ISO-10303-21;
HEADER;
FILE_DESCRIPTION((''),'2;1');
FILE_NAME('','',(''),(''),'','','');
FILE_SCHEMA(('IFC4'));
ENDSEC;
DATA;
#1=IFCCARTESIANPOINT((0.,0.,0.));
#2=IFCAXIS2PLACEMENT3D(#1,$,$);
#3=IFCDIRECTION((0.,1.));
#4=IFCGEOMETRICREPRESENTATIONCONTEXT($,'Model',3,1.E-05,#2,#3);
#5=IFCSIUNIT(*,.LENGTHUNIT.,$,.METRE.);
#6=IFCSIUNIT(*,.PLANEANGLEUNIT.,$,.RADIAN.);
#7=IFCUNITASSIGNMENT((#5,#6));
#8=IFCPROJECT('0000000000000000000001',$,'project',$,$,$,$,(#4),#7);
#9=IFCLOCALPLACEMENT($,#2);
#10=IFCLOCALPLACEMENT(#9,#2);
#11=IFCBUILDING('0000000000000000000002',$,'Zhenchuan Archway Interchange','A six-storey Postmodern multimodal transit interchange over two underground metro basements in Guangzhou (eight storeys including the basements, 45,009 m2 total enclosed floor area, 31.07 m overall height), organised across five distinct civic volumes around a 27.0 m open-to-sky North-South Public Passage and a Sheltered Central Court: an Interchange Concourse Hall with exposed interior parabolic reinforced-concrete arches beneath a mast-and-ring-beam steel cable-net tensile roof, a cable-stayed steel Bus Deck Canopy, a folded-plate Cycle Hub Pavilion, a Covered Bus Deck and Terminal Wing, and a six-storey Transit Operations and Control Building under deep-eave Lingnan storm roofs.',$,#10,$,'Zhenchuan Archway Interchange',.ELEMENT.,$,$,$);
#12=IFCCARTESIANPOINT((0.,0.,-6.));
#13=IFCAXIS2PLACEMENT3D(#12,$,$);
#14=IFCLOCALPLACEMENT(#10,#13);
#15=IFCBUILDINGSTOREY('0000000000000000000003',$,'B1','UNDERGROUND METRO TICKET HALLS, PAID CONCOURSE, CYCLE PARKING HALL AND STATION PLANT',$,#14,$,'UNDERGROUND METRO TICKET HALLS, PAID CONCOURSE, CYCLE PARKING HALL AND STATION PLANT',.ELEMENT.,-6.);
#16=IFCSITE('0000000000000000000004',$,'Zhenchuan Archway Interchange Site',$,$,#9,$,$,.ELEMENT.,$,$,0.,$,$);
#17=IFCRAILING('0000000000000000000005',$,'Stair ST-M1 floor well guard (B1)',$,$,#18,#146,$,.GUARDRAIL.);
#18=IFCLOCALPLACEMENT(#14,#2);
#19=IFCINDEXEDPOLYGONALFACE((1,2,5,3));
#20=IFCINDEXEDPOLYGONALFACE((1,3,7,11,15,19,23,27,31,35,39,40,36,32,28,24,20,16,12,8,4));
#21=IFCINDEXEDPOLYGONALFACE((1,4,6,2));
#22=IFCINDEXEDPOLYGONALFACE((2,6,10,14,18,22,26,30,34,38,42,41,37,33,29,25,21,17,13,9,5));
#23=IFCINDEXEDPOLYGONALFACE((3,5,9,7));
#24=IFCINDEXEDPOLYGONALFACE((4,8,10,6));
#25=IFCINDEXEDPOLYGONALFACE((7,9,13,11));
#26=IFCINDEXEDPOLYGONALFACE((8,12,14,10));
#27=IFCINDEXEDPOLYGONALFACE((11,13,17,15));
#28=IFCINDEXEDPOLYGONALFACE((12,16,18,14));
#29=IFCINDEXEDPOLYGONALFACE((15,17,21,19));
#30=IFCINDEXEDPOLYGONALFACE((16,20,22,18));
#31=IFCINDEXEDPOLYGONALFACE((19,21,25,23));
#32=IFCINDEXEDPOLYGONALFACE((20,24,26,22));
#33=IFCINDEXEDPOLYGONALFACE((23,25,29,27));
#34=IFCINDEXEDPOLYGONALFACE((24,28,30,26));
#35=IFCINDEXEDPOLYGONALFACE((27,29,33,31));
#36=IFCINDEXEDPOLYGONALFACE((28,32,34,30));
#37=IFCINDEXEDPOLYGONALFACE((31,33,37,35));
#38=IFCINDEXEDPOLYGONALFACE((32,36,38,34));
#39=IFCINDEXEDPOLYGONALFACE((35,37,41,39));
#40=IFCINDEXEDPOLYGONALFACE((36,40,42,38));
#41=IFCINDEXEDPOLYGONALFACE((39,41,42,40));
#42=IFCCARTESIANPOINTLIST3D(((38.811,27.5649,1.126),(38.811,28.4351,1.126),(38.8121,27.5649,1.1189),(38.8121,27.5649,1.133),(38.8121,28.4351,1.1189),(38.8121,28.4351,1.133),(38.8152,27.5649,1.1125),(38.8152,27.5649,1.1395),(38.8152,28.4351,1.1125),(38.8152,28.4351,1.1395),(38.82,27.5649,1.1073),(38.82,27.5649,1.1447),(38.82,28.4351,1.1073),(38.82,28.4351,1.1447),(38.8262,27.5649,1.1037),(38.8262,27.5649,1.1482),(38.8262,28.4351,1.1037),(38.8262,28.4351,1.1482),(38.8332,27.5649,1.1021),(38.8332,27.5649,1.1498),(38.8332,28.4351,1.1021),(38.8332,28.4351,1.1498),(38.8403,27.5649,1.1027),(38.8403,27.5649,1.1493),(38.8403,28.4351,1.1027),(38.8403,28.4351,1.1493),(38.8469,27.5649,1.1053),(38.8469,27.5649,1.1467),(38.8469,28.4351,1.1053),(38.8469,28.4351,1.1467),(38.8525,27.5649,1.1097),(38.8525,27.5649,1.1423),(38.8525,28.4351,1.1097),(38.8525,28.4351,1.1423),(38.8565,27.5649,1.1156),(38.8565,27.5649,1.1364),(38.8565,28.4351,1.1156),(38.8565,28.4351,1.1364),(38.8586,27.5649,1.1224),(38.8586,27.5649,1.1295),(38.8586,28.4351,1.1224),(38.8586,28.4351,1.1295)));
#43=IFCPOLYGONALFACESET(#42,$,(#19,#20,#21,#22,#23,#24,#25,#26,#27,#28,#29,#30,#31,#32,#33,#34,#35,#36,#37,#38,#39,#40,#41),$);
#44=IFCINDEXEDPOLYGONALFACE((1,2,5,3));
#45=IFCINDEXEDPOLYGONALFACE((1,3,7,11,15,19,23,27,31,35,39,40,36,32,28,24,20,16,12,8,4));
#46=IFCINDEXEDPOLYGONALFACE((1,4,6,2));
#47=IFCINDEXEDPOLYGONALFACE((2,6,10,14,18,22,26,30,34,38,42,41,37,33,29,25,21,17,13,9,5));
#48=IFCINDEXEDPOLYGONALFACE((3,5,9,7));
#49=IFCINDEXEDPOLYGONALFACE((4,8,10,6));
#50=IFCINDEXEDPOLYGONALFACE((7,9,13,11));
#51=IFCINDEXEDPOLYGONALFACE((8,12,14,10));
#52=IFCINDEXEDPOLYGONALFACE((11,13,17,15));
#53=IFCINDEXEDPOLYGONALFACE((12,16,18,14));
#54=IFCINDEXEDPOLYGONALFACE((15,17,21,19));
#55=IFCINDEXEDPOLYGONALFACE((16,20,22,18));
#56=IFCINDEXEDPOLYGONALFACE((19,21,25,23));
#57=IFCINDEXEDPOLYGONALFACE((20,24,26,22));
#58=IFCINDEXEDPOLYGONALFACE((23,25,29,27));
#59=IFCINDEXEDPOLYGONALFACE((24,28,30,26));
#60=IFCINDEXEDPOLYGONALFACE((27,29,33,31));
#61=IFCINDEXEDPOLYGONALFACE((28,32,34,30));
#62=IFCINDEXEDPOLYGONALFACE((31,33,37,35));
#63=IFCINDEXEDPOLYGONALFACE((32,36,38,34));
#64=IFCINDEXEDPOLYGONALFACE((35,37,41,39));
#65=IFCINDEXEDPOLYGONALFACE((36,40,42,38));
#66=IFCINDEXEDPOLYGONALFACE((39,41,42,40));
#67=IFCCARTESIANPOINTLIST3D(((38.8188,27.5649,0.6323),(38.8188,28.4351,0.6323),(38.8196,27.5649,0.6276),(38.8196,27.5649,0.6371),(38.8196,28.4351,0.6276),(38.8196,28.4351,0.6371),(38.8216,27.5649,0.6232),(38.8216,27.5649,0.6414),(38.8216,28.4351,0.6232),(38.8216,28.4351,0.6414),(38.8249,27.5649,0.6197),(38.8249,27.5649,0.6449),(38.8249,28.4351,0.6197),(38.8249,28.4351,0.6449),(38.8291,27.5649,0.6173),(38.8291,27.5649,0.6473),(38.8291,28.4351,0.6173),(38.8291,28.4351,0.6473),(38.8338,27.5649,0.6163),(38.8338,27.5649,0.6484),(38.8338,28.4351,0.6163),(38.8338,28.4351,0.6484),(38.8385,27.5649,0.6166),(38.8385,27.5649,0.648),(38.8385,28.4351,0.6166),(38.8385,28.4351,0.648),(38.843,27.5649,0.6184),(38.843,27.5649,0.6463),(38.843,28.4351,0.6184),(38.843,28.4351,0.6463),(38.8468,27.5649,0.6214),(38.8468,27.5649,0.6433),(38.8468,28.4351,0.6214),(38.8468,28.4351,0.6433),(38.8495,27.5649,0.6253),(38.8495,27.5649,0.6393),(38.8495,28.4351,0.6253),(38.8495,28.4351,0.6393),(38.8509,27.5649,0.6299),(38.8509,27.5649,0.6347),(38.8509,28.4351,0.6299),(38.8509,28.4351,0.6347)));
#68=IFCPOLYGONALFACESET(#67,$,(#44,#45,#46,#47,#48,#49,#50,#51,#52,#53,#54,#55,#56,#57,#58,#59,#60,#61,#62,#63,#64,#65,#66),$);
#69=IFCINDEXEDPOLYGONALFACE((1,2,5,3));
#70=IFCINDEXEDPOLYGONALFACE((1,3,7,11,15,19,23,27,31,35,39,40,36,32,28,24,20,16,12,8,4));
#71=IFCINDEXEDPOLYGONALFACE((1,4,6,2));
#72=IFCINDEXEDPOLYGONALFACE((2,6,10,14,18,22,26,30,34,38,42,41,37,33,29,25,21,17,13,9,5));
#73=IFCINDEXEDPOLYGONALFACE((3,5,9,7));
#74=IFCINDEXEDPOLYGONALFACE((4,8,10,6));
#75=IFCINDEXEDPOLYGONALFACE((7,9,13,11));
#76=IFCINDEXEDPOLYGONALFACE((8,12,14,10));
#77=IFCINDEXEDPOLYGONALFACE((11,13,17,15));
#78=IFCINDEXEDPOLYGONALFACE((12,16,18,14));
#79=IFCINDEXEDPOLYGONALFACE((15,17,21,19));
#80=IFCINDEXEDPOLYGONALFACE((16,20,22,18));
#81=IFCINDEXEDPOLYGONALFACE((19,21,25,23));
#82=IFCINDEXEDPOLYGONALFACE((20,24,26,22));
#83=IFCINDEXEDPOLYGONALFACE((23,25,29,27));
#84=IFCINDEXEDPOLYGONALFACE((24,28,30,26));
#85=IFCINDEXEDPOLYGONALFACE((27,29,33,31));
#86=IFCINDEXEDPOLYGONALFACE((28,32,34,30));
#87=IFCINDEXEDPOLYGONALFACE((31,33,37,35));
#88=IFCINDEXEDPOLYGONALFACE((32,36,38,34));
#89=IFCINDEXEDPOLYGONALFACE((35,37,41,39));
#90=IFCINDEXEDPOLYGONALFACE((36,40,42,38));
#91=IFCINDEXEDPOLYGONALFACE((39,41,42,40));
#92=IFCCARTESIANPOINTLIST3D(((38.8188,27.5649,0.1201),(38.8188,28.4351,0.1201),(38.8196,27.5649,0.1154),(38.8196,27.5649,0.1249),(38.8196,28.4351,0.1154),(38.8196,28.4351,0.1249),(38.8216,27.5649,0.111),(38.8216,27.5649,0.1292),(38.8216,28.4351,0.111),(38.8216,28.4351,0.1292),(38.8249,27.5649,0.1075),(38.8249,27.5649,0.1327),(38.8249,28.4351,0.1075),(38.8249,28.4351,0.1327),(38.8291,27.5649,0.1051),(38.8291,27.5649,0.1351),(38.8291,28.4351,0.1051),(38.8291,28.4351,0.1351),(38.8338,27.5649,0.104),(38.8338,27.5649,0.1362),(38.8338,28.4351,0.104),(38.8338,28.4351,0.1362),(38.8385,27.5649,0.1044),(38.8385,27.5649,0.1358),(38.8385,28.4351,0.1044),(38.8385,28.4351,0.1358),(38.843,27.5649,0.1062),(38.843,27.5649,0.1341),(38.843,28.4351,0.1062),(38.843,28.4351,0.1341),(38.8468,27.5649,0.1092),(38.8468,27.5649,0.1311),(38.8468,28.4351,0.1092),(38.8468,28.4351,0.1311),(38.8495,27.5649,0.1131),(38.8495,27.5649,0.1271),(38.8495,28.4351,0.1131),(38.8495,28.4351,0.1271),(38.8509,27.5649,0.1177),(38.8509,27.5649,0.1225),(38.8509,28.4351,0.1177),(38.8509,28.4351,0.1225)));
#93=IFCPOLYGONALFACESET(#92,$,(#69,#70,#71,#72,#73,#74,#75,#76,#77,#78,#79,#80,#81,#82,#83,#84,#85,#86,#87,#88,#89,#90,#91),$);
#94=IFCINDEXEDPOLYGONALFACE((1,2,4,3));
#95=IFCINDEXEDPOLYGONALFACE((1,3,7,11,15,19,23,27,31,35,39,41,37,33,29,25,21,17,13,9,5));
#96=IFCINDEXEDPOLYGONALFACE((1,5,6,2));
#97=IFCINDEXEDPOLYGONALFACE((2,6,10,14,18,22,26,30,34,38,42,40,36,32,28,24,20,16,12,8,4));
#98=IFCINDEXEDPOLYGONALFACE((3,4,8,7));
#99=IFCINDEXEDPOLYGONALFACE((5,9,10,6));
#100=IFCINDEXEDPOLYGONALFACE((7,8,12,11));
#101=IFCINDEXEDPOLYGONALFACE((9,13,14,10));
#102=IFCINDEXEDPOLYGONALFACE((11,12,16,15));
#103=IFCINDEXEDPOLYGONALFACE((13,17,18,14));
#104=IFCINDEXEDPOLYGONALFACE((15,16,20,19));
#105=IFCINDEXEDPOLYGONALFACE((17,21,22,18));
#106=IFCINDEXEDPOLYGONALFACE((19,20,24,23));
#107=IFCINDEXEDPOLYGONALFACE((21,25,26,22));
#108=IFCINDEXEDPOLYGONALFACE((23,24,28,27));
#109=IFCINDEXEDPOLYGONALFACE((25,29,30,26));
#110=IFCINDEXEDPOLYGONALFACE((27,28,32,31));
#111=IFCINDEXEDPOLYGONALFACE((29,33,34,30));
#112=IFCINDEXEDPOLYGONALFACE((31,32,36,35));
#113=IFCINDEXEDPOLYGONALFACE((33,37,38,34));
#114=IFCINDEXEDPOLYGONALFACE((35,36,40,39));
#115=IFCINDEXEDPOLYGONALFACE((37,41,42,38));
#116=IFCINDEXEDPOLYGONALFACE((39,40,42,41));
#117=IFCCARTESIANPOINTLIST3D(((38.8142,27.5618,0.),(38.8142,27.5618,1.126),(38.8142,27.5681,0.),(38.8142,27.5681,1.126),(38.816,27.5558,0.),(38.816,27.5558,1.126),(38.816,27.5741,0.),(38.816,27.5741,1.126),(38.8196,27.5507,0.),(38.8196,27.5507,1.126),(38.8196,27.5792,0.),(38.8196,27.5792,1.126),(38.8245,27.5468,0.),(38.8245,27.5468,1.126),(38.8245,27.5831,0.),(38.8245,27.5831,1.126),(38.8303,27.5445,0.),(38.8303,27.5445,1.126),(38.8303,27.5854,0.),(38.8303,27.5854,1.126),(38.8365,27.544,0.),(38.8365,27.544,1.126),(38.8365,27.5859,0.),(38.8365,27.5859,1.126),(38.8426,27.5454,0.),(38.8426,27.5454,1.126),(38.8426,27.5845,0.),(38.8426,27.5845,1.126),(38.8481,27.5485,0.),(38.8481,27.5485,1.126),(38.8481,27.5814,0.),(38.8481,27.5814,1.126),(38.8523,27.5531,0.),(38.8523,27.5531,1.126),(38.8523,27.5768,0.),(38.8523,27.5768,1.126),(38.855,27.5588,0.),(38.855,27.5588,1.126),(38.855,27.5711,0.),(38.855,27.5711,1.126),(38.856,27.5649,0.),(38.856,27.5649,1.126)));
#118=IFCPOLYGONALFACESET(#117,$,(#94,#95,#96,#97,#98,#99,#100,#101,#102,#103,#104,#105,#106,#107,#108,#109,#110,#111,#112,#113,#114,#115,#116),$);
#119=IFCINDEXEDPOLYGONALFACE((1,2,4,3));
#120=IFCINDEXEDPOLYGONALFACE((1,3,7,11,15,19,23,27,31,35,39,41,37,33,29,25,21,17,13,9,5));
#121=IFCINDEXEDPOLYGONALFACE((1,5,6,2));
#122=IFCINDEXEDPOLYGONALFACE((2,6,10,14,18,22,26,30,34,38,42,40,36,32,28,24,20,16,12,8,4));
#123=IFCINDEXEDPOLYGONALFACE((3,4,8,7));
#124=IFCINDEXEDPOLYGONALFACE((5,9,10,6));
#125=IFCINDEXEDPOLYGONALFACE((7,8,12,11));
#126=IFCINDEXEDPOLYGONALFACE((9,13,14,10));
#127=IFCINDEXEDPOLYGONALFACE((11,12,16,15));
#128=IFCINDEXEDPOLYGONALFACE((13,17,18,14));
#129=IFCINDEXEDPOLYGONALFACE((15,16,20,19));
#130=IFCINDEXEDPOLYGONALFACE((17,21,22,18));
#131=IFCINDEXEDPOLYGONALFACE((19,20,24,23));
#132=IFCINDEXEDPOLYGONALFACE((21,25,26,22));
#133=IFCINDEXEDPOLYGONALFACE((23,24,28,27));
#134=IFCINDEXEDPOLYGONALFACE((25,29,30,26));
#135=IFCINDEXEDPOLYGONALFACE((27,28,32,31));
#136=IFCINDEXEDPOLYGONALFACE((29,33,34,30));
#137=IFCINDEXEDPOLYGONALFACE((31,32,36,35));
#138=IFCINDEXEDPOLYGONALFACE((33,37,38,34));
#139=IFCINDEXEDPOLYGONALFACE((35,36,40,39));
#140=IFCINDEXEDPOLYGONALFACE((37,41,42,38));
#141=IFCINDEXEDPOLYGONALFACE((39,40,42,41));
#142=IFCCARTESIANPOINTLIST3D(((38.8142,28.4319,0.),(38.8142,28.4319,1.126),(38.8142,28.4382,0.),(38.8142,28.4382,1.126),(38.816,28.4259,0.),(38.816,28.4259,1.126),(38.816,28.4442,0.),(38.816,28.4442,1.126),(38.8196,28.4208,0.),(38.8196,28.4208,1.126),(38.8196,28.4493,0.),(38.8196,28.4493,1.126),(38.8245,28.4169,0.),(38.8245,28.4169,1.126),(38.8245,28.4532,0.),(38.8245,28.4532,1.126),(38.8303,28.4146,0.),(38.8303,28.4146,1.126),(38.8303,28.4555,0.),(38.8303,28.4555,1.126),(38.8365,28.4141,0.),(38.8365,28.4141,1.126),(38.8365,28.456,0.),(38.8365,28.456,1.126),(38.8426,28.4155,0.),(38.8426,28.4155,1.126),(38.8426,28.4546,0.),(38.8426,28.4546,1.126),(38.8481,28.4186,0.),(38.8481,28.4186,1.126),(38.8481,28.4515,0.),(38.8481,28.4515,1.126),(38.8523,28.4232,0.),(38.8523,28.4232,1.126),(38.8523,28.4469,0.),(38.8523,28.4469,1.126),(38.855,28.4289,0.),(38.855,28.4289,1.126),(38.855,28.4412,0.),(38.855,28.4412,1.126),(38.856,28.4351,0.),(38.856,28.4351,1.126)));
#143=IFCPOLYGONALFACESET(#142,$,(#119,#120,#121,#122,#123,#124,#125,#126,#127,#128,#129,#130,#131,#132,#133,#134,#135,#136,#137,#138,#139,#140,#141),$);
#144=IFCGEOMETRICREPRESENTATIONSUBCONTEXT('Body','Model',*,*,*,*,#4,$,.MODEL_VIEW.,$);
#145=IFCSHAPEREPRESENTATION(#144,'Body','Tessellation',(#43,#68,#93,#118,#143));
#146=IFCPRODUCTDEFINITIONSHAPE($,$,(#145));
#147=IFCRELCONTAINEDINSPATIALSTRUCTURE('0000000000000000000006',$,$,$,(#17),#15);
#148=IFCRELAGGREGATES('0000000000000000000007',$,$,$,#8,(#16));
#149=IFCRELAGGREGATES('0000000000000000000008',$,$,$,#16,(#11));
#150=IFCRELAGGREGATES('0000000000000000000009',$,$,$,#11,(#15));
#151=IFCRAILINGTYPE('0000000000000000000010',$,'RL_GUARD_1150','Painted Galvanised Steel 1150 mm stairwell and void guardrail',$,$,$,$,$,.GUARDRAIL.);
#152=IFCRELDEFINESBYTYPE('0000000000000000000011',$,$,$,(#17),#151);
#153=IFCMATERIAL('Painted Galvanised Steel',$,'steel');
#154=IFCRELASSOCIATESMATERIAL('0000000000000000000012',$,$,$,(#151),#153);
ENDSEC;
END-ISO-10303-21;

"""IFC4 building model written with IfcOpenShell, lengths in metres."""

from ifc_helpers import new_model, si_unit, direction, frame, origin, origin_2d, place, context, subcontext, project, spatial, circle, extrude, material, type_object, element, save


model = new_model("IFC4")

# Units and contexts
model_context = context("Model", 3, precision=1e-05, world=origin(), true_north=direction((0.0, 1.0)))
body_context = subcontext(model_context, "Body", "Model", "MODEL_VIEW")
ifc_project = project(units=[si_unit("LENGTHUNIT", "METRE"), si_unit("PLANEANGLEUNIT", "RADIAN")], contexts=[model_context])

# Site, building, storey
site_placement = place(None, origin())
site = spatial("IfcSite", under=ifc_project, at=site_placement, Name="Zhenchuan Archway Interchange Site", CompositionType="ELEMENT", RefElevation=0.0)
building_placement = place(site_placement, origin())
building = spatial("IfcBuilding", under=site, at=building_placement, Name="Zhenchuan Archway Interchange", Description="A six-storey Postmodern multimodal transit interchange over two underground metro basements in Guangzhou (eight storeys including the basements, 45,009 m2 total enclosed floor area, 31.07 m overall height), organised across five distinct civic volumes around a 27.0 m open-to-sky North-South Public Passage and a Sheltered Central Court: an Interchange Concourse Hall with exposed interior parabolic reinforced-concrete arches beneath a mast-and-ring-beam steel cable-net tensile roof, a cable-stayed steel Bus Deck Canopy, a folded-plate Cycle Hub Pavilion, a Covered Bus Deck and Terminal Wing, and a six-storey Transit Operations and Control Building under deep-eave Lingnan storm roofs.", LongName="Zhenchuan Archway Interchange", CompositionType="ELEMENT")
storey_placement = place(building_placement, frame((0.0, 0.0, -6.0)))
storey = spatial("IfcBuildingStorey", under=building, at=storey_placement, Name="B1", Description="UNDERGROUND METRO TICKET HALLS, PAID CONCOURSE, CYCLE PARKING HALL AND STATION PLANT", LongName="UNDERGROUND METRO TICKET HALLS, PAID CONCOURSE, CYCLE PARKING HALL AND STATION PLANT", CompositionType="ELEMENT", Elevation=-6.0)

# Railing
ifc_material_1 = material(Name="Painted Galvanised Steel", Category="steel")
railing_type_1 = type_object("IfcRailingType", Name="RL_GUARD_1150", Description="Painted Galvanised Steel 1150 mm stairwell and void guardrail", PredefinedType="GUARDRAIL", material=ifc_material_1)
for number, where, name in (
    (1, (38.835, 27.5649, 0.0), "Stair ST-M1 floor well guard (B1)"),
):
    element("IfcRailing", number, at=place(storey_placement, frame(where)), inside=storey, type_object=railing_type_1, Name=name, PredefinedType="GUARDRAIL", context=body_context, shape_type="SweptSolid", body=[
        extrude(circle(Radius=0.0239, at=origin_2d()), frame((0.0, 0.0, 1.126), z_axis=(0.0, 1.0, 0.0), x_axis=(-1.0, 0.0, 0.0)), (0.0, 0.0, 1.0), 0.8701),
        extrude(circle(Radius=0.0161, at=origin_2d()), frame((0.0, 0.0, 0.6323), z_axis=(0.0, 1.0, 0.0), x_axis=(-1.0, 0.0, 0.0)), (0.0, 0.0, 1.0), 0.8701),
        extrude(circle(Radius=0.0161, at=origin_2d()), frame((0.0, 0.0, 0.1201), z_axis=(0.0, 1.0, 0.0), x_axis=(-1.0, 0.0, 0.0)), (0.0, 0.0, 1.0), 0.8701),
        extrude(circle(Radius=0.021, at=origin_2d()), origin(), (0.0, 0.0, 1.0), 1.126),
        extrude(circle(Radius=0.021, at=origin_2d()), frame((0.0, 0.8701, 0.0)), (0.0, 0.0, 1.0), 1.126),
    ])

save(model, "model.ifc")
